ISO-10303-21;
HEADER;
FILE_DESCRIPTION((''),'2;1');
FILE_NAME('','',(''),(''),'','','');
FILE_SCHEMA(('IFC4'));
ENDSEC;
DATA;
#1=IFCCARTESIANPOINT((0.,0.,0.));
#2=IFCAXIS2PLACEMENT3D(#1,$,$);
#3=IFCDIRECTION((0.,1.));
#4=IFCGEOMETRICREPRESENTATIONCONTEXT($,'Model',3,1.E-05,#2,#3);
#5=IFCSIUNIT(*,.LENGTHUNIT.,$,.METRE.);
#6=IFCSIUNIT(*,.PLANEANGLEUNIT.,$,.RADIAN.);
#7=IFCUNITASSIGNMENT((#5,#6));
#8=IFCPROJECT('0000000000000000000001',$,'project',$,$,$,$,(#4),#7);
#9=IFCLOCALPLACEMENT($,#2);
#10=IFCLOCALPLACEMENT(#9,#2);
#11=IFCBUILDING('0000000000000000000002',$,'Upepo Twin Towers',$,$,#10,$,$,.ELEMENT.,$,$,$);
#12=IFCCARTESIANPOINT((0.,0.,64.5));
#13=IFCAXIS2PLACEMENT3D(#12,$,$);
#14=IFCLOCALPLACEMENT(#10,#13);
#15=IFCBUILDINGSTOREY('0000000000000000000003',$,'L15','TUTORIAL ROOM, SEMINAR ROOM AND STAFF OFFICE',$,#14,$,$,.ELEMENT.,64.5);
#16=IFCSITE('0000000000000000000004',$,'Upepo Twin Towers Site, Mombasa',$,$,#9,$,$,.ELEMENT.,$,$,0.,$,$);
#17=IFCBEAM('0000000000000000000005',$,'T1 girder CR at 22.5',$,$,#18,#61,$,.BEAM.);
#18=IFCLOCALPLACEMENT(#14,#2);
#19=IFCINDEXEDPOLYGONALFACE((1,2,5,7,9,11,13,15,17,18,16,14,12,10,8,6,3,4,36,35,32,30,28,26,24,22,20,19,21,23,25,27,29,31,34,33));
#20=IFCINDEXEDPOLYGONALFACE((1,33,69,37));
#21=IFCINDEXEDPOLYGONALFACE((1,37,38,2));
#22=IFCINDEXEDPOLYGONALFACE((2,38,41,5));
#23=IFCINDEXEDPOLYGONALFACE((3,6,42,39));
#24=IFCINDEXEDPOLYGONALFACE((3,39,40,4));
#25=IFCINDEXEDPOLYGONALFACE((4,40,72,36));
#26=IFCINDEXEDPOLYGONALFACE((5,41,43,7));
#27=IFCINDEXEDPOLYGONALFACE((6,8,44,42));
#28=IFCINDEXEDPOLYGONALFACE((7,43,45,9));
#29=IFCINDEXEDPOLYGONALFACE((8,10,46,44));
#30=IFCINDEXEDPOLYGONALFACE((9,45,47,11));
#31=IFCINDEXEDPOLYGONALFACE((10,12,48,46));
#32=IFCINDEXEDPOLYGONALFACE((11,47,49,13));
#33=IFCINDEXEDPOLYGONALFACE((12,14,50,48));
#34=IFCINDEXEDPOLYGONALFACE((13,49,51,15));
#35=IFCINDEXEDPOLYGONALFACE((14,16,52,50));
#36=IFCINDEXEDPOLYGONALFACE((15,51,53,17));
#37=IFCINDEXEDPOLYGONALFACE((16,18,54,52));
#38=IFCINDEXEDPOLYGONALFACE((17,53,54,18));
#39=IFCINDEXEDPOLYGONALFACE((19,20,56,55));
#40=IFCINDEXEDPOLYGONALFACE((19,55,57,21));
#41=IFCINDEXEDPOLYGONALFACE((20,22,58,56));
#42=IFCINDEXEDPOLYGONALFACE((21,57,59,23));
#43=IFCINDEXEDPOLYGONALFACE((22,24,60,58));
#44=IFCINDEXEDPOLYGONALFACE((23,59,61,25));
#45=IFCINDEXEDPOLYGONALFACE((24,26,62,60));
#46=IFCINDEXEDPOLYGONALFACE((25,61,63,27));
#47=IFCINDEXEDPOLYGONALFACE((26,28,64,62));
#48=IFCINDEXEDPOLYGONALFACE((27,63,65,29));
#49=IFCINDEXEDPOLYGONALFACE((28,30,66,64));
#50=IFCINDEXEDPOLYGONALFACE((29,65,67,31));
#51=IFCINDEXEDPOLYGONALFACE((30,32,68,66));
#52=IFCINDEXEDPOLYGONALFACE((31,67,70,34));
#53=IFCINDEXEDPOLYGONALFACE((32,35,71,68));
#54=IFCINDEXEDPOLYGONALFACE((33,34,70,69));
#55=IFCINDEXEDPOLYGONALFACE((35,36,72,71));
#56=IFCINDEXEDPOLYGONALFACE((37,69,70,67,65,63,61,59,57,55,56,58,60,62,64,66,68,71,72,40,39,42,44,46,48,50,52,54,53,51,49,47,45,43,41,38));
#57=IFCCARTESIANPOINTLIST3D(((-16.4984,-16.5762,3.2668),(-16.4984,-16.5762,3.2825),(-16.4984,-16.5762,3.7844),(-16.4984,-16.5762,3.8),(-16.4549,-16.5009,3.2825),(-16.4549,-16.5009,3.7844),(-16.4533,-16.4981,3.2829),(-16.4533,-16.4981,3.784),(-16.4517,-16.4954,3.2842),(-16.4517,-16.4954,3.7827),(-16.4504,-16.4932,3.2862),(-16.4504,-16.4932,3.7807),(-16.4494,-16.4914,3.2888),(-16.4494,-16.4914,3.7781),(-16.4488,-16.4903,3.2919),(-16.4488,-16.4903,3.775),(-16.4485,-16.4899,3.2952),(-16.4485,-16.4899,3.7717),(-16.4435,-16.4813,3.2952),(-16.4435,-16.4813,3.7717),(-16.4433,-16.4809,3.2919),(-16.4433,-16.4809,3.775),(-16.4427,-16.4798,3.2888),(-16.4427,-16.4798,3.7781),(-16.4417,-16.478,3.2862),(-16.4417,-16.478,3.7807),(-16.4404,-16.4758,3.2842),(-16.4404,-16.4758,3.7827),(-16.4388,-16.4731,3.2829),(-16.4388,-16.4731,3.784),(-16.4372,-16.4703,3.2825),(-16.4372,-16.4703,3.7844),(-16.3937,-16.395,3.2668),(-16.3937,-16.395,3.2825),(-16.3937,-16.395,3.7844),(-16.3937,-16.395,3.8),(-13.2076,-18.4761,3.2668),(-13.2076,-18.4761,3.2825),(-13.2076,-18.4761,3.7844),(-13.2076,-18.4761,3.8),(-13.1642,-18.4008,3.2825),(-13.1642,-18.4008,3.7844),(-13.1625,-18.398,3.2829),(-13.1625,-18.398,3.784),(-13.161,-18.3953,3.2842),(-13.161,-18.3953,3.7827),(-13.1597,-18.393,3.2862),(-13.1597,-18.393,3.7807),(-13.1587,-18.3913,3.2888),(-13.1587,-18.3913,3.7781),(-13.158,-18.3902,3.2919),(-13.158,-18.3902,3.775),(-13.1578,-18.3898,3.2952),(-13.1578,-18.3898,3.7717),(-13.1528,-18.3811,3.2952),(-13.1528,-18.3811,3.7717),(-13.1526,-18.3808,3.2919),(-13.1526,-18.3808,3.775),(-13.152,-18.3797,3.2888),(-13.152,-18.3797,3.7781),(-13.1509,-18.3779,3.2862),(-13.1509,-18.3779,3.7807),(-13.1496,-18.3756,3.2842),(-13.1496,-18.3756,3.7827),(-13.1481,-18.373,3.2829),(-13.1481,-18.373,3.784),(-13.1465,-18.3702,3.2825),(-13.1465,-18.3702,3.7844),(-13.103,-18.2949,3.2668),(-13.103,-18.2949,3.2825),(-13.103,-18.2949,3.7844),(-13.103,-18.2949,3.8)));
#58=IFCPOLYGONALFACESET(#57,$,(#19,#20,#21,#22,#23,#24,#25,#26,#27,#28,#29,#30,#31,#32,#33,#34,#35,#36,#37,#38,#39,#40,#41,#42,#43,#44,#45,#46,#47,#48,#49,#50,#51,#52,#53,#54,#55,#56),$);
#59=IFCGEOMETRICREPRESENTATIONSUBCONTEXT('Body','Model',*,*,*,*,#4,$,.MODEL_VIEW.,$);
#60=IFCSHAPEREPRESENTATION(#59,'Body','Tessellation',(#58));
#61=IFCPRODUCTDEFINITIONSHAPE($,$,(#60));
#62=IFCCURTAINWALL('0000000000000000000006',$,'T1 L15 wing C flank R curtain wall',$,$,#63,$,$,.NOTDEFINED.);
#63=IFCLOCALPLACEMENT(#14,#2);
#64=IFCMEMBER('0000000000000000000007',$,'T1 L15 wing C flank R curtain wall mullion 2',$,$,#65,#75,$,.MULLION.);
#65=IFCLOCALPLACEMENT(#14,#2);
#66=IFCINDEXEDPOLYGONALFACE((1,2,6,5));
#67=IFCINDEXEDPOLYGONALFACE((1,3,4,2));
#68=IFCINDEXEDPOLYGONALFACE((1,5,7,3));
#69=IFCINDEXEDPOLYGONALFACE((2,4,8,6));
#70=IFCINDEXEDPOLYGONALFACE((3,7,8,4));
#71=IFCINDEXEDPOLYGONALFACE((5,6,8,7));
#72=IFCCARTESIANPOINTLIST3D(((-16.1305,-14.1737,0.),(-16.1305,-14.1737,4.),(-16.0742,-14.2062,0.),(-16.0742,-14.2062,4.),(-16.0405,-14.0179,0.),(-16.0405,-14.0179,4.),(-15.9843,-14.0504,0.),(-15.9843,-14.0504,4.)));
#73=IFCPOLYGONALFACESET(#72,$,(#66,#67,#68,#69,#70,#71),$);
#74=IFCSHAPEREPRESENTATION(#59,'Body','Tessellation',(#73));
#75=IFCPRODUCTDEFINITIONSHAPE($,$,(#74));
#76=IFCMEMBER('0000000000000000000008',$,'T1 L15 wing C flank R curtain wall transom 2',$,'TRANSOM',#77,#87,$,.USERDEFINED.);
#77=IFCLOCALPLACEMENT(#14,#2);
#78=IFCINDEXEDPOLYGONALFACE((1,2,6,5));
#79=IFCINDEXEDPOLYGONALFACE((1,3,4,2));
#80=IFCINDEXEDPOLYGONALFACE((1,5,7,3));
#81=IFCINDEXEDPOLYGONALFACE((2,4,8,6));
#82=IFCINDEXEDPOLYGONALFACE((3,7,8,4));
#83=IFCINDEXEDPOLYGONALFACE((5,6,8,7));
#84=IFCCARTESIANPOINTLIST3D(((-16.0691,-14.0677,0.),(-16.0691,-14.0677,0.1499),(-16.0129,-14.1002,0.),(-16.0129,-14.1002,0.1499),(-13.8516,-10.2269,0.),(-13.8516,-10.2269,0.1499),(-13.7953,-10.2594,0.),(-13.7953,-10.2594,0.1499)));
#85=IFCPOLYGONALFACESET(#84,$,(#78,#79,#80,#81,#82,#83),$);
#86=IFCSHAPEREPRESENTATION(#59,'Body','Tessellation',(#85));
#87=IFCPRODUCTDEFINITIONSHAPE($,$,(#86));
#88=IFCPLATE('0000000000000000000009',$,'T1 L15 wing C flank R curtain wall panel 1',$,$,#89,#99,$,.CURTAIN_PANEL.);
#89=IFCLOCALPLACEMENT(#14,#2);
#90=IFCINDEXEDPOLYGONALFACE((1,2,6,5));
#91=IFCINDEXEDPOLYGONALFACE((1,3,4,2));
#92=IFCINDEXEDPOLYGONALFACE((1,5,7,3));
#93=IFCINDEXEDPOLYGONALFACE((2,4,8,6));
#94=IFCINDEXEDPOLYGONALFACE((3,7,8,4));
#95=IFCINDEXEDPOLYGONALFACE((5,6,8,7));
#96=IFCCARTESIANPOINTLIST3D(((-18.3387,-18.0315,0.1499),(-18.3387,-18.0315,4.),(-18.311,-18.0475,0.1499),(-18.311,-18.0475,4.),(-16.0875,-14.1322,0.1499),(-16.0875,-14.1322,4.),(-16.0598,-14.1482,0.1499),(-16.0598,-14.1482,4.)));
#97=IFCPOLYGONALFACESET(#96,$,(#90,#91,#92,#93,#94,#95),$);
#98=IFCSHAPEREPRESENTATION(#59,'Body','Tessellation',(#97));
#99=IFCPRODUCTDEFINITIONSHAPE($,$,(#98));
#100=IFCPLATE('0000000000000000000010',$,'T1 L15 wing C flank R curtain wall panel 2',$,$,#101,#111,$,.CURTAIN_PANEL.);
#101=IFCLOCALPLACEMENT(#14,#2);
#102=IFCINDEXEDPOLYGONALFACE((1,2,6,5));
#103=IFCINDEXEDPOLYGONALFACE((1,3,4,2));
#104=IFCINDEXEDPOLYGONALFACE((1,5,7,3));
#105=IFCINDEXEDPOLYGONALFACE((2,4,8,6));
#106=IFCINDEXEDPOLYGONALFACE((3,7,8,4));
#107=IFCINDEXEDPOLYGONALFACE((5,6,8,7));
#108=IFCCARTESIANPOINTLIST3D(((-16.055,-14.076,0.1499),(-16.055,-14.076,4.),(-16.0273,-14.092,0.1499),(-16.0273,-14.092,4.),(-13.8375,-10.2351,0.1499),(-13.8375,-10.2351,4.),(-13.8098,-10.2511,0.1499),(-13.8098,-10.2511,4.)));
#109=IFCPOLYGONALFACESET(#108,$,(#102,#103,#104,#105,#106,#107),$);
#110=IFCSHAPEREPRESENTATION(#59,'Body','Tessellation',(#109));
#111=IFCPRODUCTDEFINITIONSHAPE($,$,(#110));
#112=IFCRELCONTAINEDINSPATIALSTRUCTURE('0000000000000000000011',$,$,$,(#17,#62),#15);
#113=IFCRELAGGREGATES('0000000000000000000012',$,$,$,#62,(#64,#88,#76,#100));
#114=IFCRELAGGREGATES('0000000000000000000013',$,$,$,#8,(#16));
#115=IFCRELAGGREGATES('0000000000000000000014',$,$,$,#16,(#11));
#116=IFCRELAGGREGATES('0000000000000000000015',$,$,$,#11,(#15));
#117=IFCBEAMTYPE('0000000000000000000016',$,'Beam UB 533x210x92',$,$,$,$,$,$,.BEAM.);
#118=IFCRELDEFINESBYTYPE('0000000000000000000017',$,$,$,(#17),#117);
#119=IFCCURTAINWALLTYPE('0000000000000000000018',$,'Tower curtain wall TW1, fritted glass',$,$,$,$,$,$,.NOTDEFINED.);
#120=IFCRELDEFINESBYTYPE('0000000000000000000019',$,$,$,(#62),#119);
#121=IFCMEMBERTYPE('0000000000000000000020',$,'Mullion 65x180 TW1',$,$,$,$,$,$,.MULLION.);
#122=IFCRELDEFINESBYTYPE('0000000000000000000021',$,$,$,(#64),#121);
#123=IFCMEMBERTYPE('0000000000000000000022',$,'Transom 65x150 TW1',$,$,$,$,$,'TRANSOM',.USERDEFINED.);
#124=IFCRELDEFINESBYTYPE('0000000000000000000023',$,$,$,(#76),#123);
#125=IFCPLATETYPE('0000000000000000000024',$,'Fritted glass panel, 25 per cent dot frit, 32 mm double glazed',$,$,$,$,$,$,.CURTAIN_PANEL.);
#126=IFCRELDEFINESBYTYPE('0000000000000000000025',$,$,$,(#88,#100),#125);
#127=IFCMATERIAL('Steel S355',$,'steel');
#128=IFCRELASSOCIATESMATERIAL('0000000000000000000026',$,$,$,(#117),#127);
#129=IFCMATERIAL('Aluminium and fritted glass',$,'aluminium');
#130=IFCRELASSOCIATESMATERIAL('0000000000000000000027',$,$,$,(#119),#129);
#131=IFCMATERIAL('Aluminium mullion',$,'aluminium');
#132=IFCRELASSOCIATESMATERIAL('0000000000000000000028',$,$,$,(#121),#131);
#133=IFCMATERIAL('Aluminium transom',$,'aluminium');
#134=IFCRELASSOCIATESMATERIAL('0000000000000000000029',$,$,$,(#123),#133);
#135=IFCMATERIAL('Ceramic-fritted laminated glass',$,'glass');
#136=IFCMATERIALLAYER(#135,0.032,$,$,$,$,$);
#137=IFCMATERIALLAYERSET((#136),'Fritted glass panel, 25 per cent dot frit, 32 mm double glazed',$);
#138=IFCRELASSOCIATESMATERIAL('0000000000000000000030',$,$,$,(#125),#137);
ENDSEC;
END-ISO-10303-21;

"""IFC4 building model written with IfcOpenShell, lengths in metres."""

from ifc_helpers import new_model, si_unit, direction, frame, origin, origin_2d, place, context, subcontext, project, spatial, rectangle, i_section, extrude, material, layer, layer_set, material_profile, profile_set, type_object, element, aggregate, save


model = new_model("IFC4")

# Units and contexts
model_context = context("Model", 3, precision=1e-05, world=origin(), true_north=direction((0.0, 1.0)))
body_context = subcontext(model_context, "Body", "Model", "MODEL_VIEW")
ifc_project = project(units=[si_unit("LENGTHUNIT", "METRE"), si_unit("PLANEANGLEUNIT", "RADIAN")], contexts=[model_context])

# Site, building, storey
site_placement = place(None, origin())
site = spatial("IfcSite", under=ifc_project, at=site_placement, Name="Upepo Twin Towers Site, Mombasa", CompositionType="ELEMENT", RefElevation=0.0)
building_placement = place(site_placement, origin())
building = spatial("IfcBuilding", under=site, at=building_placement, Name="Upepo Twin Towers", CompositionType="ELEMENT")
storey_placement = place(building_placement, frame((0.0, 0.0, 64.5)))
storey = spatial("IfcBuildingStorey", under=building, at=storey_placement, Name="L15", Description="TUTORIAL ROOM, SEMINAR ROOM AND STAFF OFFICE", CompositionType="ELEMENT", Elevation=64.5)

# Beam
ifc_material_1 = material(Name="Steel S355", Category="steel")
ifc_material_profile_1 = material_profile(ifc_material_1, i_section(OverallWidth=0.2092, OverallDepth=0.5332, WebThickness=0.01, FlangeThickness=0.0156, FilletRadius=0.0127, at=origin_2d()), Name="UB 533x210x92")
ifc_profile_set_1 = profile_set([ifc_material_profile_1], Name="Steel S355")
beam_type_1 = type_object("IfcBeamType", Name="Beam UB 533x210x92", PredefinedType="BEAM", material=ifc_profile_set_1)
beam_1_placement = place(storey_placement, frame((-16.446, -16.4856, 3.5334), z_axis=(0.866028, -0.499995, 0.0), x_axis=(0.499995, 0.866028, 0.0)))
element("IfcBeam", 1, at=beam_1_placement, inside=storey, type_object=beam_type_1, Name="T1 girder CR at 22.5", PredefinedType="BEAM", context=body_context, shape_type="SweptSolid", body=[
    extrude(i_section(OverallWidth=0.2092, OverallDepth=0.5332, WebThickness=0.01, FlangeThickness=0.0156, FilletRadius=0.0127, at=origin_2d()), origin(), (0.0, 0.0, 1.0), 3.7998),
])

# Curtain wall, members, plates
ifc_material_2 = material(Name="Aluminium and fritted glass", Category="aluminium")
curtain_wall_type = type_object("IfcCurtainWallType", Name="Tower curtain wall TW1, fritted glass", PredefinedType="NOTDEFINED", material=ifc_material_2)
curtain_wall_placement = place(storey_placement, origin())
curtain_wall = element("IfcCurtainWall", 2, at=curtain_wall_placement, inside=storey, type_object=curtain_wall_type, Name="T1 L15 wing C flank R curtain wall", PredefinedType="NOTDEFINED")
ifc_material_3 = material(Name="Aluminium mullion", Category="aluminium")
ifc_material_profile_2 = material_profile(ifc_material_3, rectangle(XDim=0.0649, YDim=0.1799, at=origin_2d()), Name="MULLION 65x180")
ifc_profile_set_2 = profile_set([ifc_material_profile_2], Name="Aluminium mullion")
member_type_1 = type_object("IfcMemberType", Name="Mullion 65x180 TW1", PredefinedType="MULLION", material=ifc_profile_set_2)
member_1_placement = place(storey_placement, frame((-16.0574, -14.1121, 0.0), z_axis=(0.0, 0.0, 1.0), x_axis=(-0.866025, 0.5, 0.0)))
member_1 = element("IfcMember", 3, at=member_1_placement, type_object=member_type_1, Name="T1 L15 wing C flank R curtain wall mullion 2", PredefinedType="MULLION", context=body_context, shape_type="SweptSolid", body=[
    extrude(rectangle(XDim=0.0649, YDim=0.1799, at=origin_2d()), origin(), (0.0, 0.0, 1.0), 4.0),
])
ifc_material_4 = material(Name="Aluminium transom", Category="aluminium")
ifc_material_profile_3 = material_profile(ifc_material_4, rectangle(XDim=0.0649, YDim=0.1499, at=origin_2d()), Name="TRANSOM 65x150")
ifc_profile_set_3 = profile_set([ifc_material_profile_3], Name="Aluminium transom")
member_type_2 = type_object("IfcMemberType", Name="Transom 65x150 TW1", ElementType="TRANSOM", PredefinedType="USERDEFINED", material=ifc_profile_set_3)
member_2_placement = place(storey_placement, frame((-16.041, -14.084, 0.075), z_axis=(0.500005, 0.866022, 0.0), x_axis=(-0.866022, 0.500005, 0.0)))
member_2 = element("IfcMember", 4, at=member_2_placement, type_object=member_type_2, Name="T1 L15 wing C flank R curtain wall transom 2", ObjectType="TRANSOM", PredefinedType="USERDEFINED", context=body_context, shape_type="SweptSolid", body=[
    extrude(rectangle(XDim=0.0649, YDim=0.1499, at=origin_2d()), origin(), (0.0, 0.0, 1.0), 4.4351),
])
ifc_material_5 = material(Name="Ceramic-fritted laminated glass", Category="glass")
ifc_layer_1 = layer(ifc_material_5, 0.032)
ifc_layer_set_1 = layer_set([ifc_layer_1], Name="Fritted glass panel, 25 per cent dot frit, 32 mm double glazed")
plate_type = type_object("IfcPlateType", Name="Fritted glass panel, 25 per cent dot frit, 32 mm double glazed", PredefinedType="CURTAIN_PANEL", material=ifc_layer_set_1)
plate_1_placement = place(storey_placement, frame((-17.1992, -16.0898, 0.1499), z_axis=(0.0, 0.0, 1.0), x_axis=(0.5, 0.866025, 0.0)))
plate_1 = element("IfcPlate", 5, at=plate_1_placement, type_object=plate_type, Name="T1 L15 wing C flank R curtain wall panel 1", PredefinedType="CURTAIN_PANEL", context=body_context, shape_type="SweptSolid", body=[
    extrude(rectangle(XDim=4.5024, YDim=0.032, at=origin_2d()), origin(), (0.0, 0.0, 1.0), 3.8501),
])
plate_2_placement = place(storey_placement, frame((-14.9324, -12.1636, 0.1499), z_axis=(0.0, 0.0, 1.0), x_axis=(0.5, 0.866025, 0.0)))
plate_2 = element("IfcPlate", 6, at=plate_2_placement, type_object=plate_type, Name="T1 L15 wing C flank R curtain wall panel 2", PredefinedType="CURTAIN_PANEL", context=body_context, shape_type="SweptSolid", body=[
    extrude(rectangle(XDim=4.4351, YDim=0.032, at=origin_2d()), origin(), (0.0, 0.0, 1.0), 3.8501),
])
aggregate(curtain_wall, [member_1, plate_1, member_2, plate_2])

save(model, "model.ifc")
